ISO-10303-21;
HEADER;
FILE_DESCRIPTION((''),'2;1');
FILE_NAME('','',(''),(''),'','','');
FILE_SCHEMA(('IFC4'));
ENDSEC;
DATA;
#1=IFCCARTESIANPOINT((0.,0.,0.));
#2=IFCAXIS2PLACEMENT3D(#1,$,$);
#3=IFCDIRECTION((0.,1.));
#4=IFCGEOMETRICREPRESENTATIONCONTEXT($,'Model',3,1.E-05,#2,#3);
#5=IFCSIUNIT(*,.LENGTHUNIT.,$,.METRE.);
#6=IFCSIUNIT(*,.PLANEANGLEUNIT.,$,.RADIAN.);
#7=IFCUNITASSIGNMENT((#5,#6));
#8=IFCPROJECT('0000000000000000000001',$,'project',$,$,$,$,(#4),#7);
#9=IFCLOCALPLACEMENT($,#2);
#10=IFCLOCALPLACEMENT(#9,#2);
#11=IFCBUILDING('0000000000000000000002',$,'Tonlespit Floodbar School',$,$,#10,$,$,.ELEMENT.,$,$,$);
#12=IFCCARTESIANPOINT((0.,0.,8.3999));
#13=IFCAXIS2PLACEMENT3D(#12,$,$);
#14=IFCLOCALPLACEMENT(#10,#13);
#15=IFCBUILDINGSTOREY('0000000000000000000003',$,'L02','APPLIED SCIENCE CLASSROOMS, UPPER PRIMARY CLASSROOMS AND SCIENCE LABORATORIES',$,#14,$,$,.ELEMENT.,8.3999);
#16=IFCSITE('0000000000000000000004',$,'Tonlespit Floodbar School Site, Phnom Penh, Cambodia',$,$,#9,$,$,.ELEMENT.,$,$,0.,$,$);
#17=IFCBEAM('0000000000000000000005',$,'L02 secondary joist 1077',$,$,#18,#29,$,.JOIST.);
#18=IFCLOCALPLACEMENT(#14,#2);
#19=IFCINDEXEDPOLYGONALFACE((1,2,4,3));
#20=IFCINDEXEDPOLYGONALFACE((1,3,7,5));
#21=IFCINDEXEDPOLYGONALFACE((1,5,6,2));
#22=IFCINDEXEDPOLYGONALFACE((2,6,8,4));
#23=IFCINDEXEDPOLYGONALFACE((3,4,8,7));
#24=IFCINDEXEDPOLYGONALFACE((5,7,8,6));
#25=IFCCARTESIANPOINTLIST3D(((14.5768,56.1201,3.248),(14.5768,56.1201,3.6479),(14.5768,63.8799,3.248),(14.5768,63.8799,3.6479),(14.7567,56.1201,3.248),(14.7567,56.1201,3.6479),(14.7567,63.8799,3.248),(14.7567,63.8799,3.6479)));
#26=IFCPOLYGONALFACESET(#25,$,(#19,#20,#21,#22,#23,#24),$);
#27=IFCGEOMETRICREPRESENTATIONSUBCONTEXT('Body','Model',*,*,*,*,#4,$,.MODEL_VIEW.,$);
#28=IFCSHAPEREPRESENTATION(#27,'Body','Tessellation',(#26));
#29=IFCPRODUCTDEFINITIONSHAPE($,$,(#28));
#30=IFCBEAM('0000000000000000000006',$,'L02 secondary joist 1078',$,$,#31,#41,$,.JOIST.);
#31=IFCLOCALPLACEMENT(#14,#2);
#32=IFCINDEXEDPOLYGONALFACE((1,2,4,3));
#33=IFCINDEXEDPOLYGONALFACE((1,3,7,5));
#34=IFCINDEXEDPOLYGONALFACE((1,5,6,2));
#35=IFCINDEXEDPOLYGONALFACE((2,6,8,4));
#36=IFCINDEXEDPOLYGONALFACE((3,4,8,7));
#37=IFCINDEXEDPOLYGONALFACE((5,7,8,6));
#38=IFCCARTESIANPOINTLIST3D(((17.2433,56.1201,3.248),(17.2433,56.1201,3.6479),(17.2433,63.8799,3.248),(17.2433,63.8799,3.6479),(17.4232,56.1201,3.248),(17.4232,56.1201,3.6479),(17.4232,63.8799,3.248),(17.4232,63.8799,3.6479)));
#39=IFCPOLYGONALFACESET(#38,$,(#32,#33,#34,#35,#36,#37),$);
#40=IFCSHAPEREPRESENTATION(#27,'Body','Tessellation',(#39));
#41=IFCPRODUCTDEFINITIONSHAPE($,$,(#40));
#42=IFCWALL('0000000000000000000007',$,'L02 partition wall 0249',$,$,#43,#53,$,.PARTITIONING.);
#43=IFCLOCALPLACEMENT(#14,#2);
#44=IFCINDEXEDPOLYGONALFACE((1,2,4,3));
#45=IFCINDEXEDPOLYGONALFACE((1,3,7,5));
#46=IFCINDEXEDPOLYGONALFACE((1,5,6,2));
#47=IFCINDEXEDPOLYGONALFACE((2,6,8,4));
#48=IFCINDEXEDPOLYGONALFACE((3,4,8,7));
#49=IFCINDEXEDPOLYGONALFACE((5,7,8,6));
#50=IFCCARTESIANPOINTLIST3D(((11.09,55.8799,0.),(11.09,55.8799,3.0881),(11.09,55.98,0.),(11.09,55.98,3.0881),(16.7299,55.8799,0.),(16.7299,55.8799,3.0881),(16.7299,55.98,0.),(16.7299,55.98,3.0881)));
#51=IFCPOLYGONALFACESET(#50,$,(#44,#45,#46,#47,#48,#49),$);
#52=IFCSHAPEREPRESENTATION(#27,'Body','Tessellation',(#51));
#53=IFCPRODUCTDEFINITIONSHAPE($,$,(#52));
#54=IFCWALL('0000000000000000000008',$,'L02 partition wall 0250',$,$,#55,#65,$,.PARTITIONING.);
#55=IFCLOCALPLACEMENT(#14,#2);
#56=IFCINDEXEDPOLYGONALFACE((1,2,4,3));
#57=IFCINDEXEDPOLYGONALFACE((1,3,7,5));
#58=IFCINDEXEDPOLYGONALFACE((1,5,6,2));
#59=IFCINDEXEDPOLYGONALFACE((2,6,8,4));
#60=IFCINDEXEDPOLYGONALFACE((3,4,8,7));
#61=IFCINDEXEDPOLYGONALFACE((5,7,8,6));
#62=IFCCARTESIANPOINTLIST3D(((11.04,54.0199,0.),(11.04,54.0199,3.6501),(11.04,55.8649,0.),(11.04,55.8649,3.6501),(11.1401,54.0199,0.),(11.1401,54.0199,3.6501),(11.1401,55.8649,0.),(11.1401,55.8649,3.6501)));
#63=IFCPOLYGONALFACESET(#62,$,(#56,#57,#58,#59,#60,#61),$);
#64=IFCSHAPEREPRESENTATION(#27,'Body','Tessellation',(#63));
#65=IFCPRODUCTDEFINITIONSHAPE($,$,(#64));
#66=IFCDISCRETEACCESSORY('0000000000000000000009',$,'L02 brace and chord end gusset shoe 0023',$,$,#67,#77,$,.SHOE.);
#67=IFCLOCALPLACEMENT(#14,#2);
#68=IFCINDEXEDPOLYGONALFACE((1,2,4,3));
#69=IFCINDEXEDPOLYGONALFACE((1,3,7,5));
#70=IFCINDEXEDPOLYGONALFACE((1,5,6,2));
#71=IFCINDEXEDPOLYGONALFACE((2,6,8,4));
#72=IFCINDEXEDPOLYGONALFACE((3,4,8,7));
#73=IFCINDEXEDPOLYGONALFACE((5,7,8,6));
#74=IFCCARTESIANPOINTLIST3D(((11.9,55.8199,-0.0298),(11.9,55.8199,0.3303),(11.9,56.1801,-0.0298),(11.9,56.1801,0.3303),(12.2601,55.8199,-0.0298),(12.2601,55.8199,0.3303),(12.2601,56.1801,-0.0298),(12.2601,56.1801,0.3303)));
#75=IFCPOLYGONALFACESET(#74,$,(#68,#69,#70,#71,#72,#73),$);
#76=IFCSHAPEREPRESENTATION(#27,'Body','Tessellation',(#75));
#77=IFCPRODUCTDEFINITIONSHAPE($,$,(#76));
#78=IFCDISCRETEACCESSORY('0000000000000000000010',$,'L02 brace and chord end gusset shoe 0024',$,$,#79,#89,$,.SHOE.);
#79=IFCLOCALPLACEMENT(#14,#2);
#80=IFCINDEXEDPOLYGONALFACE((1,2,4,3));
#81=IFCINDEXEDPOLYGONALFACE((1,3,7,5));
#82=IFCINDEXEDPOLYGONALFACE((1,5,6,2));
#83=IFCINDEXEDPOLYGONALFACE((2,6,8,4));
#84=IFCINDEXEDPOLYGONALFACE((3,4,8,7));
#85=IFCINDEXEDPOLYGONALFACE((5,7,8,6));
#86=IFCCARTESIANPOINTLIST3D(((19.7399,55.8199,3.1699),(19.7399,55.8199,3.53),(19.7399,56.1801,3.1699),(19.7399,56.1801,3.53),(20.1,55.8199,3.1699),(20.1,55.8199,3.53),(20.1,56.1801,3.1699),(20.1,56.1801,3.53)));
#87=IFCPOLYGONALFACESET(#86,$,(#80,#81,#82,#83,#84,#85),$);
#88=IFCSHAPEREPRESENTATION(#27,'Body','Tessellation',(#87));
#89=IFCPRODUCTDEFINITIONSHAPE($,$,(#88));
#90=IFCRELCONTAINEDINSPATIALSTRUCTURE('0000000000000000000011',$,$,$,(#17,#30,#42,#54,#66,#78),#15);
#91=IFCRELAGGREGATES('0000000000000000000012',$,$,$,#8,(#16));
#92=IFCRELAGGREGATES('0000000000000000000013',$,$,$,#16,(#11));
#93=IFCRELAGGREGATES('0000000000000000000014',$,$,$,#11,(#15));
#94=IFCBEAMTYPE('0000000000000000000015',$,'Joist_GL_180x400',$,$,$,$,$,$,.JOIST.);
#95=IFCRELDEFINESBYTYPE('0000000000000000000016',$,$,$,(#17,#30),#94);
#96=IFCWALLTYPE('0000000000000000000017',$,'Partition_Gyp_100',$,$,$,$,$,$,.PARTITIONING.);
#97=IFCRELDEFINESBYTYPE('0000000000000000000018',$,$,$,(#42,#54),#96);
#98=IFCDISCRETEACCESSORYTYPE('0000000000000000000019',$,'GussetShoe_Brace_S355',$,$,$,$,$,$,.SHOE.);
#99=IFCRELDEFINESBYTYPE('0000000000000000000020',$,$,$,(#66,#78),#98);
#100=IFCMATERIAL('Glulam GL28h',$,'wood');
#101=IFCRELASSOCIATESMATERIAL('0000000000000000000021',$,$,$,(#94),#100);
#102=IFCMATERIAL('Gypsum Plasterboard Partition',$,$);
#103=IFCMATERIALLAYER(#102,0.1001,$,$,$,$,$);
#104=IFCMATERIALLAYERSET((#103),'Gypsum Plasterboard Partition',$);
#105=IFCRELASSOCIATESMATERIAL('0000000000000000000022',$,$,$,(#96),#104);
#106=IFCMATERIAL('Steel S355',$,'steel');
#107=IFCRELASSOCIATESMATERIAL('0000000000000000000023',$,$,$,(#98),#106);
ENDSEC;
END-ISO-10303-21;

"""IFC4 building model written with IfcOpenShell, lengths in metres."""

from ifc_helpers import new_model, si_unit, direction, frame, frame_2d, origin, origin_2d, place, context, subcontext, project, spatial, rectangle, extrude, material, layer, layer_set, material_profile, profile_set, type_object, element, save


model = new_model("IFC4")

# Units and contexts
model_context = context("Model", 3, precision=1e-05, world=origin(), true_north=direction((0.0, 1.0)))
body_context = subcontext(model_context, "Body", "Model", "MODEL_VIEW")
ifc_project = project(units=[si_unit("LENGTHUNIT", "METRE"), si_unit("PLANEANGLEUNIT", "RADIAN")], contexts=[model_context])

# Site, building, storey
site_placement = place(None, origin())
site = spatial("IfcSite", under=ifc_project, at=site_placement, Name="Tonlespit Floodbar School Site, Phnom Penh, Cambodia", CompositionType="ELEMENT", RefElevation=0.0)
building_placement = place(site_placement, origin())
building = spatial("IfcBuilding", under=site, at=building_placement, Name="Tonlespit Floodbar School", CompositionType="ELEMENT")
storey_placement = place(building_placement, frame((0.0, 0.0, 8.3999)))
storey = spatial("IfcBuildingStorey", under=building, at=storey_placement, Name="L02", Description="APPLIED SCIENCE CLASSROOMS, UPPER PRIMARY CLASSROOMS AND SCIENCE LABORATORIES", CompositionType="ELEMENT", Elevation=8.3999)

# Shared definitions
ifc_material_1 = material(Name="Glulam GL28h", Category="wood")

# Shared definitions
ifc_material_2 = material(Name="Steel S355", Category="steel")

# Beams
ifc_material_profile_1 = material_profile(ifc_material_1, rectangle(XDim=0.1799, YDim=0.3999, at=origin_2d()), Name="GL 180x400")
ifc_profile_set_1 = profile_set([ifc_material_profile_1], Name="Glulam GL28h")
beam_type_1 = type_object("IfcBeamType", Name="Joist_GL_180x400", PredefinedType="JOIST", material=ifc_profile_set_1)
for number, where, z_axis, x_axis, name in (
    (1, (14.6667, 56.1201, 3.448), (0.0, 1.0, 0.0), (-1.0, 0.0, 0.0), "L02 secondary joist 1077"),
    (2, (17.3333, 56.1201, 3.448), (0.0, 1.0, 0.0), (-1.0, 0.0, 0.0), "L02 secondary joist 1078"),
):
    element("IfcBeam", number, at=place(storey_placement, frame(where, z_axis=z_axis, x_axis=x_axis)), inside=storey, type_object=beam_type_1, Name=name, PredefinedType="JOIST", context=body_context, shape_type="SweptSolid", body=[
        extrude(rectangle(XDim=0.1799, YDim=0.3999, at=origin_2d()), origin(), (0.0, 0.0, 1.0), 7.7598),
    ])

# Walls
ifc_material_3 = material(Name="Gypsum Plasterboard Partition")
ifc_layer = layer(ifc_material_3, 0.1001)
ifc_layer_set = layer_set([ifc_layer], Name="Gypsum Plasterboard Partition")
wall_type = type_object("IfcWallType", Name="Partition_Gyp_100", PredefinedType="PARTITIONING", material=ifc_layer_set)
wall_1_placement = place(storey_placement, frame((11.0901, 55.9299, 0.0), z_axis=(0.0, 0.0, 1.0), x_axis=(1.0, 0.0, 0.0)))
element("IfcWall", 3, at=wall_1_placement, inside=storey, type_object=wall_type, Name="L02 partition wall 0249", PredefinedType="PARTITIONING", context=body_context, shape_type="SweptSolid", body=[
    extrude(rectangle(XDim=5.6399, YDim=0.1001, at=frame_2d((2.8198, 0.0))), origin(), (0.0, 0.0, 1.0), 3.0881),
])
wall_2_placement = place(storey_placement, frame((11.0901, 54.02, 0.0), z_axis=(0.0, 0.0, 1.0), x_axis=(0.0, 1.0, 0.0)))
element("IfcWall", 4, at=wall_2_placement, inside=storey, type_object=wall_type, Name="L02 partition wall 0250", PredefinedType="PARTITIONING", context=body_context, shape_type="SweptSolid", body=[
    extrude(rectangle(XDim=1.845, YDim=0.1001, at=frame_2d((0.9224, 0.0))), origin(), (0.0, 0.0, 1.0), 3.6501),
])

# Discrete accessories
discrete_accessory_type = type_object("IfcDiscreteAccessoryType", Name="GussetShoe_Brace_S355", PredefinedType="SHOE", material=ifc_material_2)
for number, where, z_axis, x_axis, name in (
    (5, (12.0801, 56.0, -0.0298), (0.0, 0.0, 1.0), (1.0, 0.0, 0.0), "L02 brace and chord end gusset shoe 0023"),
    (6, (19.9199, 56.0, 3.1699), (0.0, 0.0, 1.0), (1.0, 0.0, 0.0), "L02 brace and chord end gusset shoe 0024"),
):
    element("IfcDiscreteAccessory", number, at=place(storey_placement, frame(where, z_axis=z_axis, x_axis=x_axis)), inside=storey, type_object=discrete_accessory_type, Name=name, PredefinedType="SHOE", context=body_context, shape_type="SweptSolid", body=[
        extrude(rectangle(XDim=0.3601, YDim=0.3601, at=origin_2d()), origin(), (0.0, 0.0, 1.0), 0.3601),
    ])

save(model, "model.ifc")
